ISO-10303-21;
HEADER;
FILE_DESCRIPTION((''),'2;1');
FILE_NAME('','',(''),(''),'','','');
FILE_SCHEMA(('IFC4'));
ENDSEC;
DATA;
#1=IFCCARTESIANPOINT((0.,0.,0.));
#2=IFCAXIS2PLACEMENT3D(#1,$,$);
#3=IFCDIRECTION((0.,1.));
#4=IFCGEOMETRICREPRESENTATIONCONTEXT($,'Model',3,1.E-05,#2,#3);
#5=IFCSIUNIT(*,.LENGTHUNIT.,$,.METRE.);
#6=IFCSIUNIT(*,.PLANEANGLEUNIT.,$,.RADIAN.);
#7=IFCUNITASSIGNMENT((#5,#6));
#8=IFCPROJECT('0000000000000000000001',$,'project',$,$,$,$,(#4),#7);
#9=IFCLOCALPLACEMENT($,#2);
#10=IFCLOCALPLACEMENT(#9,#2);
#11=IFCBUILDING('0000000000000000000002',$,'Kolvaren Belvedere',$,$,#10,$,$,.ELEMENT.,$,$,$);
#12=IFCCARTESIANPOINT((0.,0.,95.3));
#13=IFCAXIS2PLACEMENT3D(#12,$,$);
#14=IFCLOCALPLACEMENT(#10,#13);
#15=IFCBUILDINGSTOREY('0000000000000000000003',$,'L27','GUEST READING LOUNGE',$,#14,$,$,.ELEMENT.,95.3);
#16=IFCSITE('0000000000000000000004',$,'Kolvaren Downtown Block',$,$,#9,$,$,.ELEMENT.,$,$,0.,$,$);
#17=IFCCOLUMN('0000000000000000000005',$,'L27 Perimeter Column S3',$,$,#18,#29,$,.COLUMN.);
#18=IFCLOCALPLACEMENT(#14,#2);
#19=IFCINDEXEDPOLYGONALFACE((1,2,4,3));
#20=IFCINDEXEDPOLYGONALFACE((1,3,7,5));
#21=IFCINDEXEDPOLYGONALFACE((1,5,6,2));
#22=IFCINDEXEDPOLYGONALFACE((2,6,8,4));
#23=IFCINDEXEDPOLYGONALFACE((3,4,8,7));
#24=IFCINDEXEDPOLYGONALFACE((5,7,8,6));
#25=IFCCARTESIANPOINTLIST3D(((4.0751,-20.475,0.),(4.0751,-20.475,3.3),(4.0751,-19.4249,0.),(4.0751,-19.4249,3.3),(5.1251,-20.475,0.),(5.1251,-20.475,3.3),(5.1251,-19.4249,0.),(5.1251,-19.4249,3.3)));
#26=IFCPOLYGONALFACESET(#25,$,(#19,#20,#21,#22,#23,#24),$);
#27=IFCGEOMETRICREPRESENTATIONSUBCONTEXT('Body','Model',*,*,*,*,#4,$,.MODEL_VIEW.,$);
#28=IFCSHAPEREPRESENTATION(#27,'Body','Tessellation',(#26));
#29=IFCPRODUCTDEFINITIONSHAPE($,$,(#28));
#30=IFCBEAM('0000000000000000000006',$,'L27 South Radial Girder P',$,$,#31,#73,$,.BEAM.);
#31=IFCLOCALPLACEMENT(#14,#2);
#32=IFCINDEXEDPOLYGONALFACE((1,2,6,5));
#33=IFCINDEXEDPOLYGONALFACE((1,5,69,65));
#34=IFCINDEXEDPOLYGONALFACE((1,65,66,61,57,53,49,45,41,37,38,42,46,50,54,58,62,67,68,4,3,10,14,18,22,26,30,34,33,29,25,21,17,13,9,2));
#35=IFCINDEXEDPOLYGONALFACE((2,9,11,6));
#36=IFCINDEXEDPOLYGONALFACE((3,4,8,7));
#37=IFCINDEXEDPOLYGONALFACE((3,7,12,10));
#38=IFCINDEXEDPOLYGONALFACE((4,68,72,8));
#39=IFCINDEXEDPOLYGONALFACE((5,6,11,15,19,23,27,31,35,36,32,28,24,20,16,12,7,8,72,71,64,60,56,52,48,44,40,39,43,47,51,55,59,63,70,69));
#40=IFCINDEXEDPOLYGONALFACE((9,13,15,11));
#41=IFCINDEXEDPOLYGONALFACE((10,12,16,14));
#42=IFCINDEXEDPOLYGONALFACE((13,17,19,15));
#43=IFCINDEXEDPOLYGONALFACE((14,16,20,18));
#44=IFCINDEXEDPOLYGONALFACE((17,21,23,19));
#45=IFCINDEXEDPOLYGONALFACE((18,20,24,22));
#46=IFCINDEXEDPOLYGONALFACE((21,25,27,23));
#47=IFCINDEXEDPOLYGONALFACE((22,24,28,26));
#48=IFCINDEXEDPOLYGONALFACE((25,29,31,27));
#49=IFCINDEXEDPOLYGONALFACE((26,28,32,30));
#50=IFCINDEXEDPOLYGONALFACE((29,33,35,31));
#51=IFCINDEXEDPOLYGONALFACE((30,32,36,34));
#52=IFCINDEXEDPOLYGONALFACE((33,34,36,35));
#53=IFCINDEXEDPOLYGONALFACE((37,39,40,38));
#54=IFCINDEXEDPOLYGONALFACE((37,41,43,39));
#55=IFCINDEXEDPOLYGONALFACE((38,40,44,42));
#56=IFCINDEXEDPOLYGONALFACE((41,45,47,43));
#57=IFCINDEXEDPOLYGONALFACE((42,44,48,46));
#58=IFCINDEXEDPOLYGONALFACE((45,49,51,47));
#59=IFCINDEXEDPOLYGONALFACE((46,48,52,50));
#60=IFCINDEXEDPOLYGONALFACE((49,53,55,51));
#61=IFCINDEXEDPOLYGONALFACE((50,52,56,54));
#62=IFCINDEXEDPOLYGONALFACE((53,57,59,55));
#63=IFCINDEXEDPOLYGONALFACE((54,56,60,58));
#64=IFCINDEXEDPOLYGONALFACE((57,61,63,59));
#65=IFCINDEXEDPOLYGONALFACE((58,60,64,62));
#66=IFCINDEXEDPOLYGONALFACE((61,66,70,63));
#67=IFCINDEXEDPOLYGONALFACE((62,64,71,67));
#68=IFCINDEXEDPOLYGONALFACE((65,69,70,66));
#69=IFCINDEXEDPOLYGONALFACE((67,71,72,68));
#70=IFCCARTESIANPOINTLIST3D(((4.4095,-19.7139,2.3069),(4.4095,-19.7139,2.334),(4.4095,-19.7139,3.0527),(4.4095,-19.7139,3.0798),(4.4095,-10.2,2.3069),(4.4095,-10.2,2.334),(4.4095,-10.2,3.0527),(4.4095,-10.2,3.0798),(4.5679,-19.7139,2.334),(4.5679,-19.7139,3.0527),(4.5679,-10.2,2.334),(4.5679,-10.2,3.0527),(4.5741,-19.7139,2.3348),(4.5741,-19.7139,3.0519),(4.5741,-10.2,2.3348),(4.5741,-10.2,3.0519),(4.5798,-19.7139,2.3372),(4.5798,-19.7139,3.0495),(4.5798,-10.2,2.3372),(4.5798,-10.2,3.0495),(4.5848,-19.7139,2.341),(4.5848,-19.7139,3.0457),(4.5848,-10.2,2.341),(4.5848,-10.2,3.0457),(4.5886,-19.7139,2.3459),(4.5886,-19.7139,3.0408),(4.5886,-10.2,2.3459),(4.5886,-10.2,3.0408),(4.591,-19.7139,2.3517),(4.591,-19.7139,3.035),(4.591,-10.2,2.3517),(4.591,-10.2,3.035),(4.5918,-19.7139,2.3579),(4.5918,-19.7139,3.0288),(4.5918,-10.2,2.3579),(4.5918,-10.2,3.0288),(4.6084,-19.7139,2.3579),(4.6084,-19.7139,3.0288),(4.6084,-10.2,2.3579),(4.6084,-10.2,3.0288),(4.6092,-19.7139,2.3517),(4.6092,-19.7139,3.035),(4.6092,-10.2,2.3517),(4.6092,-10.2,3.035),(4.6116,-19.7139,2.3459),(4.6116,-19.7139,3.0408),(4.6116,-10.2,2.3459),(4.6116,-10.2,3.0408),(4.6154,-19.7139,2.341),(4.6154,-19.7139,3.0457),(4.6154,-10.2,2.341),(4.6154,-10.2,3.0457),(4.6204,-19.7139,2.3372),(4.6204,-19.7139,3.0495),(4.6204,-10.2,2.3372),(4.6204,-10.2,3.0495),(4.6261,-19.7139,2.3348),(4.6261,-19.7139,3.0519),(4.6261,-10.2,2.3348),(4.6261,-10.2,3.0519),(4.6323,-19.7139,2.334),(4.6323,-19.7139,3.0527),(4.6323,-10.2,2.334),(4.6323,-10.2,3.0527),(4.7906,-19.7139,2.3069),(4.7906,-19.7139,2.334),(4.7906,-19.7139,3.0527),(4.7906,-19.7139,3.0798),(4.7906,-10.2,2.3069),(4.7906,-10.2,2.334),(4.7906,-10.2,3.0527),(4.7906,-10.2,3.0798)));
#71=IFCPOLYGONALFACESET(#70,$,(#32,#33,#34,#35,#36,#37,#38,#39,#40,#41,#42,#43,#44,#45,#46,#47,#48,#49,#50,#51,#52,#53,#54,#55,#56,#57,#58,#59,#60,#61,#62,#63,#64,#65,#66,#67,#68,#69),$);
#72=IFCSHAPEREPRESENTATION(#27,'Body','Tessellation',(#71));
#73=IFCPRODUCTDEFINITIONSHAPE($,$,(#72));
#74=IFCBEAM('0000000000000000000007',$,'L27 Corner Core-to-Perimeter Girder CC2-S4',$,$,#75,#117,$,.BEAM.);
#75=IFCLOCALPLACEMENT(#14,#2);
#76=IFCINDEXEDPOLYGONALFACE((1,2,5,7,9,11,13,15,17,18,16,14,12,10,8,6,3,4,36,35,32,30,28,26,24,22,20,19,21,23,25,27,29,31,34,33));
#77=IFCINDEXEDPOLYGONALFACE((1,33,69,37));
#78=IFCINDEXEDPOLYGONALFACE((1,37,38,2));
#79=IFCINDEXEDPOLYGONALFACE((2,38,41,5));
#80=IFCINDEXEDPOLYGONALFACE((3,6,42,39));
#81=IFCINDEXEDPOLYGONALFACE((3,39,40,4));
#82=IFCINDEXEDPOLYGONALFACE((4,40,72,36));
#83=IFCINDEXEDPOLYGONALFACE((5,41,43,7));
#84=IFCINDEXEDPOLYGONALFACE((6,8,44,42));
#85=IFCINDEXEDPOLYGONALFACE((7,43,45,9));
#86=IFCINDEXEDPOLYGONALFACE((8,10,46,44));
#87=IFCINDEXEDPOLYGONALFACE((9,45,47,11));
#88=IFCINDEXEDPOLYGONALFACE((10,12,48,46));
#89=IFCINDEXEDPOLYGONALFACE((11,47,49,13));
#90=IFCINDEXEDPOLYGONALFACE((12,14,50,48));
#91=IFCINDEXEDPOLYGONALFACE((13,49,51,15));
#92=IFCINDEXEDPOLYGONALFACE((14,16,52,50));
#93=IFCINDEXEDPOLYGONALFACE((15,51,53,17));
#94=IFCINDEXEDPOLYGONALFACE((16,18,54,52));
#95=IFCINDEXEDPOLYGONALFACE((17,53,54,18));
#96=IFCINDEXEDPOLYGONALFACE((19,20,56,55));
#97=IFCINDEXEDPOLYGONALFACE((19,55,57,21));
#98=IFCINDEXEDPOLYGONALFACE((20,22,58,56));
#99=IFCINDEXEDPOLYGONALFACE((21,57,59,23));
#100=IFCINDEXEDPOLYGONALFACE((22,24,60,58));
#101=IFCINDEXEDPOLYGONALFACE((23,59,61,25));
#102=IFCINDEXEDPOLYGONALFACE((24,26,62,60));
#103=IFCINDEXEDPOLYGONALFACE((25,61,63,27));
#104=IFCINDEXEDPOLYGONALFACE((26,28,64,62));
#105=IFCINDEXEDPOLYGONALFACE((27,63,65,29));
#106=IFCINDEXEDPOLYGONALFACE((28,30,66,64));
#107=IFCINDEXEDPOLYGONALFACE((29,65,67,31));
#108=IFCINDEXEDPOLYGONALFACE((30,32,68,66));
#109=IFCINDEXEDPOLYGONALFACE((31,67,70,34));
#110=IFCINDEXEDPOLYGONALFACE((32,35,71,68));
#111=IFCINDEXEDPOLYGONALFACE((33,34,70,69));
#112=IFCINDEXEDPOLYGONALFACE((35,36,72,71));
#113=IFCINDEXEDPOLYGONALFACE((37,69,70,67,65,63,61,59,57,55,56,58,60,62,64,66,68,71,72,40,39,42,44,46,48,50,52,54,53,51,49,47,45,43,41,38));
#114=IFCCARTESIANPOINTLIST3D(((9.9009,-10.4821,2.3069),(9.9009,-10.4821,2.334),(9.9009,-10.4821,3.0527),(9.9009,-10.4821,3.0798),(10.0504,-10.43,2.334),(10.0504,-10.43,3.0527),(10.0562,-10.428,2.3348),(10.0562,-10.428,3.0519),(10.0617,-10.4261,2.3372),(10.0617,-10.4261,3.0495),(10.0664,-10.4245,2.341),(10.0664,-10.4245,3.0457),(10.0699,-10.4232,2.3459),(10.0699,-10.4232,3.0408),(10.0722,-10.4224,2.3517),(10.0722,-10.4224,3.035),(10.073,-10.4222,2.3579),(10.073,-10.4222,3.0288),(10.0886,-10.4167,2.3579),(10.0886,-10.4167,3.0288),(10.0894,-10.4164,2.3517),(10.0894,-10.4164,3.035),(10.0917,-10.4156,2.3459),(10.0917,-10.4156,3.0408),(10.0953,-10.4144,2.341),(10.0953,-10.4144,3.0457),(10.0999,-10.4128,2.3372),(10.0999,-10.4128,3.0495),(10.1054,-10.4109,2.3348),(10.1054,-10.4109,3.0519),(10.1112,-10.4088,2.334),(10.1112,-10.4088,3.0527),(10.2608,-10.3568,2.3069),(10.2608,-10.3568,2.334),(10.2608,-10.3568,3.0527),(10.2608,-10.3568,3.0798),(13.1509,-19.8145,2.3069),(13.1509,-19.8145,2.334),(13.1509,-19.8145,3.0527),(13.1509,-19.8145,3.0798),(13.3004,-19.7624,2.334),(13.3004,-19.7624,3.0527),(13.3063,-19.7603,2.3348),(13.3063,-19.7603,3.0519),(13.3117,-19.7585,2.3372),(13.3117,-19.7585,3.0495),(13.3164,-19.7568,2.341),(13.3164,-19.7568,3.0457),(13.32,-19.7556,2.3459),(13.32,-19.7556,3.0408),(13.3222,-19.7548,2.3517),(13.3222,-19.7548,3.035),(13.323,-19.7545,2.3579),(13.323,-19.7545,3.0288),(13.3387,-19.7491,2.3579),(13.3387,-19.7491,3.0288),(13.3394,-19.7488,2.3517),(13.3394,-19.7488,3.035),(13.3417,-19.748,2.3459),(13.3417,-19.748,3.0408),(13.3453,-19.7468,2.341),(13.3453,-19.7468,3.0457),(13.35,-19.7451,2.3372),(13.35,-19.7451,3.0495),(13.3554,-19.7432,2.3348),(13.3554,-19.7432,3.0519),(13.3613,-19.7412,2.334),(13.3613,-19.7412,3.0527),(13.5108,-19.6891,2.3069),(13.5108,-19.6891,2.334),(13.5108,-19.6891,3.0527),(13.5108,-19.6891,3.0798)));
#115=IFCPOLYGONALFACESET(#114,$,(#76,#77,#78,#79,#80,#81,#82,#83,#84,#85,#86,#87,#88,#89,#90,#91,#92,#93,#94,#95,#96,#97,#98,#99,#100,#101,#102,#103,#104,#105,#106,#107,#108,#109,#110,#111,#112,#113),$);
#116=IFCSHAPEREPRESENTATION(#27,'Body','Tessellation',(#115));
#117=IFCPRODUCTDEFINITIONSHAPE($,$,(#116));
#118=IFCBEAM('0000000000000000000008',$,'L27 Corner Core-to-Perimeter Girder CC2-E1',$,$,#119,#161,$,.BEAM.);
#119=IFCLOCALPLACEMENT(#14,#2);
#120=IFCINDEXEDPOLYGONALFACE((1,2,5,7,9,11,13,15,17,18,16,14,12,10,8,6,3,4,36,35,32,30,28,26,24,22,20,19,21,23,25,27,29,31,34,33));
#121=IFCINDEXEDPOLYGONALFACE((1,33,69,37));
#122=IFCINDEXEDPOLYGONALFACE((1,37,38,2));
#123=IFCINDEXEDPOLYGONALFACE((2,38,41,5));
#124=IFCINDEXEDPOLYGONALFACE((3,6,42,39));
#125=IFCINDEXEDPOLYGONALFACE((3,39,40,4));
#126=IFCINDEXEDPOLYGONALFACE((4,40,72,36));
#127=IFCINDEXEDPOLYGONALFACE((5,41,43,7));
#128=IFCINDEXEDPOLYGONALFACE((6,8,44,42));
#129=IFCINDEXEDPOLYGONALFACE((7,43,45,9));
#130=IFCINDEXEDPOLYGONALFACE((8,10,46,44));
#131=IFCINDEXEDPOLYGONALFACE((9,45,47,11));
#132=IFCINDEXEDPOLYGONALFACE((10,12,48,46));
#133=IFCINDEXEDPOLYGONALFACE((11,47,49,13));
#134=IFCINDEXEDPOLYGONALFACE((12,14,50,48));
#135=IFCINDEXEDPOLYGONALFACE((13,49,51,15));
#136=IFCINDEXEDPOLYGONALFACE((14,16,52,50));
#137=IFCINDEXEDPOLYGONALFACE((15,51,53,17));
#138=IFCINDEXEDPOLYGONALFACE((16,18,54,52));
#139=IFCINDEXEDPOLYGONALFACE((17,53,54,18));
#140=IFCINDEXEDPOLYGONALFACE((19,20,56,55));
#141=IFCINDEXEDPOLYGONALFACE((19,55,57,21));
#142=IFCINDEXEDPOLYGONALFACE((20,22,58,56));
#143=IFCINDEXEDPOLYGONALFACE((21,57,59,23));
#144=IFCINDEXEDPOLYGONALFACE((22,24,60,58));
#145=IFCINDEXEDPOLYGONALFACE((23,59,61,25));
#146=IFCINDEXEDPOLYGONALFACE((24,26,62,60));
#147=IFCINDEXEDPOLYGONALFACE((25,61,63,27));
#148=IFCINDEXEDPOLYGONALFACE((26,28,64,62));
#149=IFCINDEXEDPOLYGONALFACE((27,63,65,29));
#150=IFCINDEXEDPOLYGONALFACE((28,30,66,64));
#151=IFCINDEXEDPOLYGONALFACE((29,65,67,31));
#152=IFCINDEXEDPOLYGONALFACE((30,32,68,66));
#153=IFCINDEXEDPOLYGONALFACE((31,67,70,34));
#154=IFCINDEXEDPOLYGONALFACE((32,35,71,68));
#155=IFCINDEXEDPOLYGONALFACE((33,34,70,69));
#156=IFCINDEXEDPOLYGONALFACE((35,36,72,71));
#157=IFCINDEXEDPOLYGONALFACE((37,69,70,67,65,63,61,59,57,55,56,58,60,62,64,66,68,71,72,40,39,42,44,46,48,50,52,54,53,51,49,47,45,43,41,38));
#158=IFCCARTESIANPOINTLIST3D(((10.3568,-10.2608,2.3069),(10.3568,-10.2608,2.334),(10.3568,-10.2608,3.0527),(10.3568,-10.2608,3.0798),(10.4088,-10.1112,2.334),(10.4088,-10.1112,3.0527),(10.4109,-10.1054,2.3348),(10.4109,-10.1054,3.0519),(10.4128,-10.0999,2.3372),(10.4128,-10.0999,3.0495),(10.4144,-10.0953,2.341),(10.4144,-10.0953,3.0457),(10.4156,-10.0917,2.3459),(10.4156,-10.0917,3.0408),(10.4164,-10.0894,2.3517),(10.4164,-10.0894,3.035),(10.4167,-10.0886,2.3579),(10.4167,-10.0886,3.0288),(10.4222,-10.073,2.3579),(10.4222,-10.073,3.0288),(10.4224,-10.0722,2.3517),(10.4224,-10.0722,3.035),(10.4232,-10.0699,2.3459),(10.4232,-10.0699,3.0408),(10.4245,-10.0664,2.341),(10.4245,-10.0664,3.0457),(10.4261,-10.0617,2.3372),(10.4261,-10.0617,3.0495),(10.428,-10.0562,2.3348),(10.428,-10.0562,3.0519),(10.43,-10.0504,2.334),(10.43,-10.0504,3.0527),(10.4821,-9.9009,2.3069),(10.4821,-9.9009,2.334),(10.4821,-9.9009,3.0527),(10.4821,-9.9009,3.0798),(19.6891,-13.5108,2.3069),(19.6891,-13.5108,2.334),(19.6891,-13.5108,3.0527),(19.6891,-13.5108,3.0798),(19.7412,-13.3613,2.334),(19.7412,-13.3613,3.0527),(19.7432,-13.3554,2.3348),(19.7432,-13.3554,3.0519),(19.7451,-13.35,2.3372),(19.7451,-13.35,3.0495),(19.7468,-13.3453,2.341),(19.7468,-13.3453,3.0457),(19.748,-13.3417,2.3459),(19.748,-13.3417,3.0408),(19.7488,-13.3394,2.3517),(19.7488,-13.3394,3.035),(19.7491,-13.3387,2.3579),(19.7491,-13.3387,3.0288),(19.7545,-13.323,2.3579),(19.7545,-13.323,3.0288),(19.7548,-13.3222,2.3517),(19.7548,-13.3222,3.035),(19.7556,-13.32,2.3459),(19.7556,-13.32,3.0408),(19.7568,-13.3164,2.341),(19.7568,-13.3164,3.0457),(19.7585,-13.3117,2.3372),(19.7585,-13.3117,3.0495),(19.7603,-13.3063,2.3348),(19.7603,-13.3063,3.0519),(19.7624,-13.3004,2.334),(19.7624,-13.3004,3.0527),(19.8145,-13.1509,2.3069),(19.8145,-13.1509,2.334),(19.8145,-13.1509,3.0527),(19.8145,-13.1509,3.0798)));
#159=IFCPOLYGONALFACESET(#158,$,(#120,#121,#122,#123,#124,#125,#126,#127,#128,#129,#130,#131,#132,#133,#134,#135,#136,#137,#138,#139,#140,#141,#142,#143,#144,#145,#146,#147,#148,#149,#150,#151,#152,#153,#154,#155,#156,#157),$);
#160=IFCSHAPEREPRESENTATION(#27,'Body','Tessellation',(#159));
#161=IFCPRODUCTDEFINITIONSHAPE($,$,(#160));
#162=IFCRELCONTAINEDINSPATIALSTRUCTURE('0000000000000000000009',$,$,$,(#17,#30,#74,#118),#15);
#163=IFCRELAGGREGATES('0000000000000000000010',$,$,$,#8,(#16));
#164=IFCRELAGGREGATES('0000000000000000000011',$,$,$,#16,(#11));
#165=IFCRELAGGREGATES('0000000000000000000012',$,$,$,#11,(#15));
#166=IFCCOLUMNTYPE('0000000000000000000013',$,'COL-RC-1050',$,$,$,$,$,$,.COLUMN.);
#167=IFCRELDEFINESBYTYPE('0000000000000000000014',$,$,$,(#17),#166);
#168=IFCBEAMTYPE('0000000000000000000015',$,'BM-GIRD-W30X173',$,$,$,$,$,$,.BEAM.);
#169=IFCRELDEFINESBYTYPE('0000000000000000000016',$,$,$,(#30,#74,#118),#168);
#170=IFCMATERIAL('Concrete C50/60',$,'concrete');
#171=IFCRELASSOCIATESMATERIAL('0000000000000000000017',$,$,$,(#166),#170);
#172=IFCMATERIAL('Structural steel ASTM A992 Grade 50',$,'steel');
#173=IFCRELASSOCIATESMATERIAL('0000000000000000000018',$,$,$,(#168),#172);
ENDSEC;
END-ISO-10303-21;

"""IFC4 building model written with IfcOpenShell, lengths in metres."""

from ifc_helpers import new_model, si_unit, direction, frame, origin, origin_2d, place, context, subcontext, project, spatial, rectangle, i_section, extrude, material, material_profile, profile_set, type_object, element, save


model = new_model("IFC4")

# Units and contexts
model_context = context("Model", 3, precision=1e-05, world=origin(), true_north=direction((0.0, 1.0)))
body_context = subcontext(model_context, "Body", "Model", "MODEL_VIEW")
ifc_project = project(units=[si_unit("LENGTHUNIT", "METRE"), si_unit("PLANEANGLEUNIT", "RADIAN")], contexts=[model_context])

# Site, building, storey
site_placement = place(None, origin())
site = spatial("IfcSite", under=ifc_project, at=site_placement, Name="Kolvaren Downtown Block", CompositionType="ELEMENT", RefElevation=0.0)
building_placement = place(site_placement, origin())
building = spatial("IfcBuilding", under=site, at=building_placement, Name="Kolvaren Belvedere", CompositionType="ELEMENT")
storey_placement = place(building_placement, frame((0.0, 0.0, 95.3)))
storey = spatial("IfcBuildingStorey", under=building, at=storey_placement, Name="L27", Description="GUEST READING LOUNGE", CompositionType="ELEMENT", Elevation=95.3)

# Column
ifc_material_1 = material(Name="Concrete C50/60", Category="concrete")
ifc_material_profile_1 = material_profile(ifc_material_1, rectangle(XDim=1.05, YDim=1.05, at=origin_2d()), Name="RC 1050X1050")
ifc_profile_set_1 = profile_set([ifc_material_profile_1], Name="Concrete C50/60")
column_type = type_object("IfcColumnType", Name="COL-RC-1050", PredefinedType="COLUMN", material=ifc_profile_set_1)
column_placement = place(storey_placement, frame((4.6001, -19.95, 0.0), z_axis=(0.0, 0.0, 1.0), x_axis=(1.0, 0.0, 0.0)))
element("IfcColumn", 1, at=column_placement, inside=storey, type_object=column_type, Name="L27 Perimeter Column S3", PredefinedType="COLUMN", context=body_context, shape_type="SweptSolid", body=[
    extrude(rectangle(XDim=1.05, YDim=1.05, at=origin_2d()), origin(), (0.0, 0.0, 1.0), 3.3),
])

# Beams
ifc_material_2 = material(Name="Structural steel ASTM A992 Grade 50", Category="steel")
ifc_material_profile_2 = material_profile(ifc_material_2, i_section(OverallWidth=0.3811, OverallDepth=0.7729, WebThickness=0.0166, FlangeThickness=0.0271, FilletRadius=0.0239, at=origin_2d()), Name="W30X173")
ifc_profile_set_2 = profile_set([ifc_material_profile_2], Name="Structural steel ASTM A992 Grade 50")
beam_type_1 = type_object("IfcBeamType", Name="BM-GIRD-W30X173", PredefinedType="BEAM", material=ifc_profile_set_2)
beam_1_placement = place(storey_placement, frame((4.6001, -10.2, 2.6934), z_axis=(0.0, -1.0, 0.0), x_axis=(1.0, 0.0, 0.0)))
element("IfcBeam", 2, at=beam_1_placement, inside=storey, type_object=beam_type_1, Name="L27 South Radial Girder P", PredefinedType="BEAM", context=body_context, shape_type="SweptSolid", body=[
    extrude(i_section(OverallWidth=0.3811, OverallDepth=0.7729, WebThickness=0.0166, FlangeThickness=0.0271, FilletRadius=0.0239, at=origin_2d()), origin(), (0.0, 0.0, 1.0), 9.5139),
])
for number, where, z_axis, x_axis, name in (
    (3, (10.0808, -10.4194, 2.6934), (0.328881, -0.944371, 0.0), (0.944371, 0.328881, 0.0), "L27 Corner Core-to-Perimeter Girder CC2-S4"),
    (4, (10.4194, -10.0808, 2.6934), (0.944371, -0.328881, 0.0), (0.328881, 0.944371, 0.0), "L27 Corner Core-to-Perimeter Girder CC2-E1"),
):
    element("IfcBeam", number, at=place(storey_placement, frame(where, z_axis=z_axis, x_axis=x_axis)), inside=storey, type_object=beam_type_1, Name=name, PredefinedType="BEAM", context=body_context, shape_type="SweptSolid", body=[
        extrude(i_section(OverallWidth=0.3811, OverallDepth=0.7729, WebThickness=0.0166, FlangeThickness=0.0271, FilletRadius=0.0239, at=origin_2d()), origin(), (0.0, 0.0, 1.0), 9.8821),
    ])

save(model, "model.ifc")
